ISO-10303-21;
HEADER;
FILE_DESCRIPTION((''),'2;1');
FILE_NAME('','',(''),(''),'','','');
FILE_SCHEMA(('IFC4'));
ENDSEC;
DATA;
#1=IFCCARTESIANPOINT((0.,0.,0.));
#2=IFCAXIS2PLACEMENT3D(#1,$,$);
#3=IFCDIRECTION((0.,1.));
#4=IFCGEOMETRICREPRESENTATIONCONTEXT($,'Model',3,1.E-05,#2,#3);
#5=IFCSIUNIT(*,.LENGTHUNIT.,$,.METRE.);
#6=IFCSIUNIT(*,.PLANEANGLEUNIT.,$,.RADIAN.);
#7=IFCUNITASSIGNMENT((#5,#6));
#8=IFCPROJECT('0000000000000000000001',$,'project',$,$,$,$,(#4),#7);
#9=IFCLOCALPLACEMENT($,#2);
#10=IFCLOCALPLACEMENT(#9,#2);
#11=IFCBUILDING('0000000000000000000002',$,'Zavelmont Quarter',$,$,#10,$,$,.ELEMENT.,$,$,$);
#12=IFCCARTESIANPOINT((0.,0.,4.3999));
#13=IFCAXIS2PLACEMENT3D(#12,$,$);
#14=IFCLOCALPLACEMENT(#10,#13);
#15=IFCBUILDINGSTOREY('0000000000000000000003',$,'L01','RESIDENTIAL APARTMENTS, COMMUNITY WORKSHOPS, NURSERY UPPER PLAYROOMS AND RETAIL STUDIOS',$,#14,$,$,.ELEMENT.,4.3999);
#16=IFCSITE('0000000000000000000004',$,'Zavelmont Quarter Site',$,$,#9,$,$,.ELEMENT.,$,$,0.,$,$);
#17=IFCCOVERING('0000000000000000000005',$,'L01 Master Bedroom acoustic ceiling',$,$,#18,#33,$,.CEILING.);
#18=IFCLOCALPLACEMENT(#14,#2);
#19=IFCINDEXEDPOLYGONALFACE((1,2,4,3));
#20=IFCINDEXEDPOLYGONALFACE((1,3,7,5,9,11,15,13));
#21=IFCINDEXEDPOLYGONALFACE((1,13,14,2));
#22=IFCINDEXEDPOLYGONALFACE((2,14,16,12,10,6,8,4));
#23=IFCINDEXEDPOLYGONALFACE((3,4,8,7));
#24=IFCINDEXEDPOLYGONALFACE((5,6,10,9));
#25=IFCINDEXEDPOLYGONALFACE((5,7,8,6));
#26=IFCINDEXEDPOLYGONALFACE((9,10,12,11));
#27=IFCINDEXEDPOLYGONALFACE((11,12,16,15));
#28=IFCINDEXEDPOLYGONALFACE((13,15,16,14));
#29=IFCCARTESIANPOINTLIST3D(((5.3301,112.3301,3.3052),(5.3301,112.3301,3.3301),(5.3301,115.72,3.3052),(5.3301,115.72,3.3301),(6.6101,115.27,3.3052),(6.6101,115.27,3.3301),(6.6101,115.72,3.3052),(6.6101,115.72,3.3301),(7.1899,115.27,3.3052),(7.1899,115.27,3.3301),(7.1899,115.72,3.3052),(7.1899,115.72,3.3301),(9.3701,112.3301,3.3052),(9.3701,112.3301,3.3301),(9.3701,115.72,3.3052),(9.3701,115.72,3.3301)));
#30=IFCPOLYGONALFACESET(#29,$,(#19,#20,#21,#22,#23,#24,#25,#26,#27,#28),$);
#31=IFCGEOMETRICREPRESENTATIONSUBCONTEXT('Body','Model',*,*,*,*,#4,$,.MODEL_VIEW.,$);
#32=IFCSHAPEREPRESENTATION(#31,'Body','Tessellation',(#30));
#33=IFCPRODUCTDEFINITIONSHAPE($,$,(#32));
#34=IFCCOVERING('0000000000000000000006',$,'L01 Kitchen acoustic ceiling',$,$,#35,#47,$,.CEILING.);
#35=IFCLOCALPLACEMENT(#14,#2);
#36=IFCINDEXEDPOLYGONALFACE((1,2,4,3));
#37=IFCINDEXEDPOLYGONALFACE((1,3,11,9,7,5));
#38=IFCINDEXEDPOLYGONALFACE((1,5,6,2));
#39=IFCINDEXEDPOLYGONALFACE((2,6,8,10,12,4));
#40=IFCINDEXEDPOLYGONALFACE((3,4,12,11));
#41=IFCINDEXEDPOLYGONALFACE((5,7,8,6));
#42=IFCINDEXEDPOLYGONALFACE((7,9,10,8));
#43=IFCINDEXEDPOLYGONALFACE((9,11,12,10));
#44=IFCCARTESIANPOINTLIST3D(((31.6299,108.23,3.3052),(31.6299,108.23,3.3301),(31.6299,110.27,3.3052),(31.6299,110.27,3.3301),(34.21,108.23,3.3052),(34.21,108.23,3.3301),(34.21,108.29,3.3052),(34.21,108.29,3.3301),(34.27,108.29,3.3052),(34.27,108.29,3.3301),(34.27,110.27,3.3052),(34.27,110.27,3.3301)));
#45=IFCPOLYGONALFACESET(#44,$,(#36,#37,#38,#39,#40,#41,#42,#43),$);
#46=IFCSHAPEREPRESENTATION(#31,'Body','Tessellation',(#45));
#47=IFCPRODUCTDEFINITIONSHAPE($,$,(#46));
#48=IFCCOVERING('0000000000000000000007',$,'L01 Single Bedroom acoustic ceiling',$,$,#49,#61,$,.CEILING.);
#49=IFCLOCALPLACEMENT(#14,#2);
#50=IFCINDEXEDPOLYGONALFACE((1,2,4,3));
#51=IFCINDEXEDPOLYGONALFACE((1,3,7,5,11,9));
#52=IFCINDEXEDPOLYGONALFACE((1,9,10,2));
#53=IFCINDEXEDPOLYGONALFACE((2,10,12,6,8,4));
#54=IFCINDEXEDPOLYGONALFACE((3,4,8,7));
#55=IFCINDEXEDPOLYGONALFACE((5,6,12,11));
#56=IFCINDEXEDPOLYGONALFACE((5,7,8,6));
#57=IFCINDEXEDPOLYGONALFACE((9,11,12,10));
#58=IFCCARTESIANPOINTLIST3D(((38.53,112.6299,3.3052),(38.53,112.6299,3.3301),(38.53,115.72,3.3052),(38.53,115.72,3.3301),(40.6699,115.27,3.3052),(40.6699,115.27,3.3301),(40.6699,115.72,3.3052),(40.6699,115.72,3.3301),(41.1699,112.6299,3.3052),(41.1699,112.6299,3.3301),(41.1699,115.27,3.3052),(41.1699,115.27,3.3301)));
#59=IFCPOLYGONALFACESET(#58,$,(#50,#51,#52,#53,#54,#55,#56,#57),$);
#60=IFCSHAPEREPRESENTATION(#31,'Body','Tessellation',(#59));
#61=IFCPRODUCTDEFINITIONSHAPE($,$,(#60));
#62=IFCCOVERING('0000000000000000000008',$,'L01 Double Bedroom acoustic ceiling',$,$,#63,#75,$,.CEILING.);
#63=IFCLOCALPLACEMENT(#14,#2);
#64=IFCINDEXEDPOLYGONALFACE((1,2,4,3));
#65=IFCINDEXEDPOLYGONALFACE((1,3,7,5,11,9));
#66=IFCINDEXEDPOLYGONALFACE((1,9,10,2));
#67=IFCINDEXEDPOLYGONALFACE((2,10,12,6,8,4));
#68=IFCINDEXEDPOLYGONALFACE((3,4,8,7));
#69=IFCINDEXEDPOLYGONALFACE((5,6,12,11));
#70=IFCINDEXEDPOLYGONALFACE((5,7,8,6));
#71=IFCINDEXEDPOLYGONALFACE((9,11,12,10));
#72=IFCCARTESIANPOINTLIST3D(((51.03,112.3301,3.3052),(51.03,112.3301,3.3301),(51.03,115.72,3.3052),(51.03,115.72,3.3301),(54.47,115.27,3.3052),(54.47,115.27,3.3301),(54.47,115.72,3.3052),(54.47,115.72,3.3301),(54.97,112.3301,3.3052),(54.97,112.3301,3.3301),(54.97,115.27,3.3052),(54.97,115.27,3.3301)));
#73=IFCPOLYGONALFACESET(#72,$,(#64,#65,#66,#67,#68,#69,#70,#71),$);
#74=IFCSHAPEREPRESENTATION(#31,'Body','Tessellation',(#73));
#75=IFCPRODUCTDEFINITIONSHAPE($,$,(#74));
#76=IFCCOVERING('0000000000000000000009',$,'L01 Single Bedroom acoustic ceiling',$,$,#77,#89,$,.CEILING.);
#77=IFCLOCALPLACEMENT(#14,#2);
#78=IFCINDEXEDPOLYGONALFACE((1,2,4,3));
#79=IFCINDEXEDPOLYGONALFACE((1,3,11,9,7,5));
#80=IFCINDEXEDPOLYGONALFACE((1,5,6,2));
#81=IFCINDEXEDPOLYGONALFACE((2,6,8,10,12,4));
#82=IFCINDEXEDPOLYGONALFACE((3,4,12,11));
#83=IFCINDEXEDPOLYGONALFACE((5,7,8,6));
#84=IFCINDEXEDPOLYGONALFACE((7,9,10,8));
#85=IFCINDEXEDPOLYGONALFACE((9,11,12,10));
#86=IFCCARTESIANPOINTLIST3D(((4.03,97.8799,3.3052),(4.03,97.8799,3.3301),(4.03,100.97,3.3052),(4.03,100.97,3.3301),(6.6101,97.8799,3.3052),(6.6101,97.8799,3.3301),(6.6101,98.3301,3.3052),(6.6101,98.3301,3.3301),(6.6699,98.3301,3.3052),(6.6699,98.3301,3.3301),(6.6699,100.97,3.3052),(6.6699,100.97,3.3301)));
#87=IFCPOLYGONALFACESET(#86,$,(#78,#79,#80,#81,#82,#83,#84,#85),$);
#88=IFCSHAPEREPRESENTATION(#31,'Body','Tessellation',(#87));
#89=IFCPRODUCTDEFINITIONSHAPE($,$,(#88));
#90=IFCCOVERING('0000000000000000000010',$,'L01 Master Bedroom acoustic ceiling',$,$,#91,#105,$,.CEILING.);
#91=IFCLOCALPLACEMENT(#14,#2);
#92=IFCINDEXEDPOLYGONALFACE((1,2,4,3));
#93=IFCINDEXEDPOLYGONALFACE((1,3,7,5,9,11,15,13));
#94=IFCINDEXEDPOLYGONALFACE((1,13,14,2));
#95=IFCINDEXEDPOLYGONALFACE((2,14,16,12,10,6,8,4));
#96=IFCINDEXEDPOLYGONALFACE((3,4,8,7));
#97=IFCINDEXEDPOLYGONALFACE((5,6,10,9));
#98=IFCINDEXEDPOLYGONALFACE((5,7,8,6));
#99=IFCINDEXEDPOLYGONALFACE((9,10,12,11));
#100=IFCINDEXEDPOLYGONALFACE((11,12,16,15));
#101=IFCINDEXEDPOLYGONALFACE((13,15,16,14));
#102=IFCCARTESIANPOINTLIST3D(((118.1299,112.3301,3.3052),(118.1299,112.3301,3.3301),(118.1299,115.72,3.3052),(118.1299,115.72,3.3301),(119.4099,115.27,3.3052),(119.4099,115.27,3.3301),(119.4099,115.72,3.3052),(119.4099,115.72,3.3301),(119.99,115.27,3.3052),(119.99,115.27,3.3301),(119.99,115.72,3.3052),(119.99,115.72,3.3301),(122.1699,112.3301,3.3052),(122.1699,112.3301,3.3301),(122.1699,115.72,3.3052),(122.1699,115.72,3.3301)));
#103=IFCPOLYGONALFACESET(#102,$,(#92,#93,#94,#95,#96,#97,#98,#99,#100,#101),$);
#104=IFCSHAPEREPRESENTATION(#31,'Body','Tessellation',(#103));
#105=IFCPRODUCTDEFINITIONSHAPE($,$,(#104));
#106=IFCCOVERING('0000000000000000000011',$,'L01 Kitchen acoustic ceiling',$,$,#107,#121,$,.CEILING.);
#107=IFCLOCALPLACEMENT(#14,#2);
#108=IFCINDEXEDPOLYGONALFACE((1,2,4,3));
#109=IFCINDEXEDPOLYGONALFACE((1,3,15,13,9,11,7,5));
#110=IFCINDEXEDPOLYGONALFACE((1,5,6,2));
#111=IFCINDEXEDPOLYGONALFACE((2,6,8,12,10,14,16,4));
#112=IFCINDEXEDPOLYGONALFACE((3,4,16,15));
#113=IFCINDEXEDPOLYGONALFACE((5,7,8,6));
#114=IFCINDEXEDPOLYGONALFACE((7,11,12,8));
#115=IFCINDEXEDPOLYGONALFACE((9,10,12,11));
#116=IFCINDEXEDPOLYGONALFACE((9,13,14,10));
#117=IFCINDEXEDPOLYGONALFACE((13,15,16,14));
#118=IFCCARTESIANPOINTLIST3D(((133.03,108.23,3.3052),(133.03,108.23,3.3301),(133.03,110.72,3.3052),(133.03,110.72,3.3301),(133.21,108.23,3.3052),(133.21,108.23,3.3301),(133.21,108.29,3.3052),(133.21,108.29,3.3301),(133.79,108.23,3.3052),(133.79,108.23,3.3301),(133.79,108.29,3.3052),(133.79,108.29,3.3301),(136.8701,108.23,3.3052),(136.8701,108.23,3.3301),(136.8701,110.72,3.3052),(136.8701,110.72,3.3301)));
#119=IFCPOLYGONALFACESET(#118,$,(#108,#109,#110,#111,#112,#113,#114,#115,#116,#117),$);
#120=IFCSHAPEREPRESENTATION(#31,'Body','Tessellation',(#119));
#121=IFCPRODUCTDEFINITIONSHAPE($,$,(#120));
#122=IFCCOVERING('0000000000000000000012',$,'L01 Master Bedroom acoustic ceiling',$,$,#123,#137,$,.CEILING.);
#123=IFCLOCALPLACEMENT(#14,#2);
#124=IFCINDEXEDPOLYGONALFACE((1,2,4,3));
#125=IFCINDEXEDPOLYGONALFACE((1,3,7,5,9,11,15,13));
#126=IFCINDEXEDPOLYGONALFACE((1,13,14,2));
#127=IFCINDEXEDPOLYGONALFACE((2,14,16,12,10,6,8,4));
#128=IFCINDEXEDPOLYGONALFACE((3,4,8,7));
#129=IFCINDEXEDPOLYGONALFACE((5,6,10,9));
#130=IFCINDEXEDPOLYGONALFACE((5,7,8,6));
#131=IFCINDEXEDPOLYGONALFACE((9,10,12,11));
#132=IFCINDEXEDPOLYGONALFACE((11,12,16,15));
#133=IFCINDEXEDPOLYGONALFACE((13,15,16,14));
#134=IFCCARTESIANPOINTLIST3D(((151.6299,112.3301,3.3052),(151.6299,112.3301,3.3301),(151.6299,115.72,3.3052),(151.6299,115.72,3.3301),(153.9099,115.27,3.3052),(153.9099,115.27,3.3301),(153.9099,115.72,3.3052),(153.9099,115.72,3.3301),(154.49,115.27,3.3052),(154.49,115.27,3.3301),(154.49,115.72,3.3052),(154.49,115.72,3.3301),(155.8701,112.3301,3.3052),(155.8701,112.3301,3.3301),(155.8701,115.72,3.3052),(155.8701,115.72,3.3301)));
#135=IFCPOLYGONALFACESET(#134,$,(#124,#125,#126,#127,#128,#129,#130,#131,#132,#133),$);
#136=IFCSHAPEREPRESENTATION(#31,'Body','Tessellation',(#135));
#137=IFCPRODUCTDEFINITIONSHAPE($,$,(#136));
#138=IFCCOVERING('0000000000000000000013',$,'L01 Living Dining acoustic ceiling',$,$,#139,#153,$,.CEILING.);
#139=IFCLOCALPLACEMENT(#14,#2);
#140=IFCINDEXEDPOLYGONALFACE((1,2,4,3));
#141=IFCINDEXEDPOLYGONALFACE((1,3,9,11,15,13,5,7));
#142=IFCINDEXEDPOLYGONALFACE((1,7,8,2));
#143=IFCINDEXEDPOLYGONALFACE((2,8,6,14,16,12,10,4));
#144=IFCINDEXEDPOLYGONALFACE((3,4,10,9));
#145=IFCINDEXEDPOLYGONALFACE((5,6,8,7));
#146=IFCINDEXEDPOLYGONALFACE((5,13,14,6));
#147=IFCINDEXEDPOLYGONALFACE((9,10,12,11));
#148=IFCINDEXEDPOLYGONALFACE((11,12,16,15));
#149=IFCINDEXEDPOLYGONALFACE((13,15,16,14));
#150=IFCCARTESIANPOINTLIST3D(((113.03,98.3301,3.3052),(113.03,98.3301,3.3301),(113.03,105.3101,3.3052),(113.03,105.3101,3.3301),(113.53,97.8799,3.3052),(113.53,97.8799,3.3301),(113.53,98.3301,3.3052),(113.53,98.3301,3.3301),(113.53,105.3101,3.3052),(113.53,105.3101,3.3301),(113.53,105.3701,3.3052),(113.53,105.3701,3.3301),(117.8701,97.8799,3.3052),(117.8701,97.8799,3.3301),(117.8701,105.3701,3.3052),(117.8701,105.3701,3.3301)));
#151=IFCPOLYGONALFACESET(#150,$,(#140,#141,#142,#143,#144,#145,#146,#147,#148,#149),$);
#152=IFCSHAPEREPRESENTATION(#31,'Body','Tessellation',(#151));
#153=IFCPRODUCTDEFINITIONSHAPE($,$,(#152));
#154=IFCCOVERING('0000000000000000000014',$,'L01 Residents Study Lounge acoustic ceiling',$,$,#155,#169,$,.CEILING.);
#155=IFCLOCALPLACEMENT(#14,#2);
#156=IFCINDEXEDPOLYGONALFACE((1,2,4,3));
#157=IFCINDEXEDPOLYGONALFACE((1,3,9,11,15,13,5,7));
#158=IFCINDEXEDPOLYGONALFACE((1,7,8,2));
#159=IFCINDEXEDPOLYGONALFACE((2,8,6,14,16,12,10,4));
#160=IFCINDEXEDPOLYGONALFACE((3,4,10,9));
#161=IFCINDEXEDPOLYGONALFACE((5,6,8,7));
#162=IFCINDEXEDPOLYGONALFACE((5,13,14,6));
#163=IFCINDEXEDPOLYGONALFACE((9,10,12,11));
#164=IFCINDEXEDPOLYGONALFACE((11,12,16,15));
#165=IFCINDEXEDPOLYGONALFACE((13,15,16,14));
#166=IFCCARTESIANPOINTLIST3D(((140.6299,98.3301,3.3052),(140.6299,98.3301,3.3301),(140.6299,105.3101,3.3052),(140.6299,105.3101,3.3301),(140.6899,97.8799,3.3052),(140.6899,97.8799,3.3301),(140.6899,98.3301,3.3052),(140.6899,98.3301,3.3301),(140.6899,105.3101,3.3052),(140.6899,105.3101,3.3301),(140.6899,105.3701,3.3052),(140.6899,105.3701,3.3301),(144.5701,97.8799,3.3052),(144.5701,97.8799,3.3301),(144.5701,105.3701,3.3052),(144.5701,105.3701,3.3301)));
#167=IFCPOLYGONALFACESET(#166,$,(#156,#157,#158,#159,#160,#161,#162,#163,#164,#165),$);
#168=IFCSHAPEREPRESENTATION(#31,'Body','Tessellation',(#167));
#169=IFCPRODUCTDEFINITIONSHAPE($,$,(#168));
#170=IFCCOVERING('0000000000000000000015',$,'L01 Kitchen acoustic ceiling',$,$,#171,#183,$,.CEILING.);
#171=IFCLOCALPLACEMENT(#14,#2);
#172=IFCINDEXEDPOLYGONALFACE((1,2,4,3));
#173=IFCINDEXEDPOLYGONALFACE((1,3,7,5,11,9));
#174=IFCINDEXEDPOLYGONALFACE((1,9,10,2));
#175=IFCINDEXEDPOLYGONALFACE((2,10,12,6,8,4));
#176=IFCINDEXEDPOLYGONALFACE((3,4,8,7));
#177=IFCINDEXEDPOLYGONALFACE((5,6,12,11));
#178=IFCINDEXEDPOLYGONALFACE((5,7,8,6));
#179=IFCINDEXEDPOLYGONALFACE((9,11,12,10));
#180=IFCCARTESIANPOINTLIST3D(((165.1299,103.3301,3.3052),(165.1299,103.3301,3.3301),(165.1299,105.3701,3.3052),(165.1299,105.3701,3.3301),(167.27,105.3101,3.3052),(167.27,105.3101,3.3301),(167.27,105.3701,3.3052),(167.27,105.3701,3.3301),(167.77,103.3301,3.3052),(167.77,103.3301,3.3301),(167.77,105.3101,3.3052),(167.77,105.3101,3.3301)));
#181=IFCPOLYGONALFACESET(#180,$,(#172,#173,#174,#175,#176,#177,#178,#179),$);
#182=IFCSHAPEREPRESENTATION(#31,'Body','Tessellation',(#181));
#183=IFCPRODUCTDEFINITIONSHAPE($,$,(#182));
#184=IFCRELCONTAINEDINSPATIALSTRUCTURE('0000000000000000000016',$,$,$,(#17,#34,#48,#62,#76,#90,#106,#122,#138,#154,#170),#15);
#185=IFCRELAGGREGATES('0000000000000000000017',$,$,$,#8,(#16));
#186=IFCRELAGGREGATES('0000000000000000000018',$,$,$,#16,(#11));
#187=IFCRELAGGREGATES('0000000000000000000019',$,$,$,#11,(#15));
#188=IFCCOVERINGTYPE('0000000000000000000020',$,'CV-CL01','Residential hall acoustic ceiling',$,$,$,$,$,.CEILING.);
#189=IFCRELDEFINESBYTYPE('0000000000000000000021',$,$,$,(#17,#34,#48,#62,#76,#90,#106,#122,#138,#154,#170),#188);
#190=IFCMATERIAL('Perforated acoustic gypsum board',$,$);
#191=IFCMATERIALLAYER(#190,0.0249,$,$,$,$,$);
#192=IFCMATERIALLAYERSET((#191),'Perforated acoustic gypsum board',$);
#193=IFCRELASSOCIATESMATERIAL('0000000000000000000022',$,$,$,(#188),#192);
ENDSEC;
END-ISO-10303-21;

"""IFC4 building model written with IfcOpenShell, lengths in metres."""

from ifc_helpers import new_model, si_unit, direction, frame, origin, place, context, subcontext, project, spatial, polyline, outline, extrude, material, layer, layer_set, type_object, element, save


model = new_model("IFC4")

# Units and contexts
model_context = context("Model", 3, precision=1e-05, world=origin(), true_north=direction((0.0, 1.0)))
body_context = subcontext(model_context, "Body", "Model", "MODEL_VIEW")
ifc_project = project(units=[si_unit("LENGTHUNIT", "METRE"), si_unit("PLANEANGLEUNIT", "RADIAN")], contexts=[model_context])

# Site, building, storey
site_placement = place(None, origin())
site = spatial("IfcSite", under=ifc_project, at=site_placement, Name="Zavelmont Quarter Site", CompositionType="ELEMENT", RefElevation=0.0)
building_placement = place(site_placement, origin())
building = spatial("IfcBuilding", under=site, at=building_placement, Name="Zavelmont Quarter", CompositionType="ELEMENT")
storey_placement = place(building_placement, frame((0.0, 0.0, 4.3999)))
storey = spatial("IfcBuildingStorey", under=building, at=storey_placement, Name="L01", Description="RESIDENTIAL APARTMENTS, COMMUNITY WORKSHOPS, NURSERY UPPER PLAYROOMS AND RETAIL STUDIOS", CompositionType="ELEMENT", Elevation=4.3999)

# Coverings
ifc_material_1 = material(Name="Perforated acoustic gypsum board")
ifc_layer_1 = layer(ifc_material_1, 0.0249)
ifc_layer_set_1 = layer_set([ifc_layer_1], Name="Perforated acoustic gypsum board")
covering_type_1 = type_object("IfcCoveringType", Name="CV-CL01", Description="Residential hall acoustic ceiling", PredefinedType="CEILING", material=ifc_layer_set_1)
covering_1_placement = place(storey_placement, frame((0.0, 0.0, 3.3052)))
element("IfcCovering", 1, at=covering_1_placement, inside=storey, type_object=covering_type_1, Name="L01 Master Bedroom acoustic ceiling", PredefinedType="CEILING", context=body_context, shape_type="SweptSolid", body=[
    extrude(outline(polyline([(5.3301, 115.72), (6.6101, 115.72), (6.6101, 115.27), (7.1899, 115.27), (7.1899, 115.72), (9.3701, 115.72), (9.3701, 112.3301), (5.3301, 112.3301), (5.3301, 115.72)])), origin(), (0.0, 0.0, 1.0), 0.0249),
])
covering_2_placement = place(storey_placement, frame((0.0, 0.0, 3.3052)))
element("IfcCovering", 2, at=covering_2_placement, inside=storey, type_object=covering_type_1, Name="L01 Kitchen acoustic ceiling", PredefinedType="CEILING", context=body_context, shape_type="SweptSolid", body=[
    extrude(outline(polyline([(31.6299, 110.27), (34.27, 110.27), (34.27, 108.29), (34.21, 108.29), (34.21, 108.23), (31.6299, 108.23), (31.6299, 110.27)])), origin(), (0.0, 0.0, 1.0), 0.0249),
])
covering_3_placement = place(storey_placement, frame((0.0, 0.0, 3.3052)))
element("IfcCovering", 3, at=covering_3_placement, inside=storey, type_object=covering_type_1, Name="L01 Single Bedroom acoustic ceiling", PredefinedType="CEILING", context=body_context, shape_type="SweptSolid", body=[
    extrude(outline(polyline([(38.53, 115.72), (40.6699, 115.72), (40.6699, 115.27), (41.1699, 115.27), (41.1699, 112.6299), (38.53, 112.6299), (38.53, 115.72)])), origin(), (0.0, 0.0, 1.0), 0.0249),
])
covering_4_placement = place(storey_placement, frame((0.0, 0.0, 3.3052)))
element("IfcCovering", 4, at=covering_4_placement, inside=storey, type_object=covering_type_1, Name="L01 Double Bedroom acoustic ceiling", PredefinedType="CEILING", context=body_context, shape_type="SweptSolid", body=[
    extrude(outline(polyline([(51.03, 115.72), (54.47, 115.72), (54.47, 115.27), (54.97, 115.27), (54.97, 112.3301), (51.03, 112.3301), (51.03, 115.72)])), origin(), (0.0, 0.0, 1.0), 0.0249),
])
covering_5_placement = place(storey_placement, frame((0.0, 0.0, 3.3052)))
element("IfcCovering", 5, at=covering_5_placement, inside=storey, type_object=covering_type_1, Name="L01 Single Bedroom acoustic ceiling", PredefinedType="CEILING", context=body_context, shape_type="SweptSolid", body=[
    extrude(outline(polyline([(4.03, 100.97), (6.6699, 100.97), (6.6699, 98.3301), (6.6101, 98.3301), (6.6101, 97.8799), (4.03, 97.8799), (4.03, 100.97)])), origin(), (0.0, 0.0, 1.0), 0.0249),
])
covering_6_placement = place(storey_placement, frame((0.0, 0.0, 3.3052)))
element("IfcCovering", 6, at=covering_6_placement, inside=storey, type_object=covering_type_1, Name="L01 Master Bedroom acoustic ceiling", PredefinedType="CEILING", context=body_context, shape_type="SweptSolid", body=[
    extrude(outline(polyline([(118.1299, 115.72), (119.4099, 115.72), (119.4099, 115.27), (119.99, 115.27), (119.99, 115.72), (122.1699, 115.72), (122.1699, 112.3301), (118.1299, 112.3301), (118.1299, 115.72)])), origin(), (0.0, 0.0, 1.0), 0.0249),
])
covering_7_placement = place(storey_placement, frame((0.0, 0.0, 3.3052)))
element("IfcCovering", 7, at=covering_7_placement, inside=storey, type_object=covering_type_1, Name="L01 Kitchen acoustic ceiling", PredefinedType="CEILING", context=body_context, shape_type="SweptSolid", body=[
    extrude(outline(polyline([(133.03, 110.72), (136.8701, 110.72), (136.8701, 108.23), (133.79, 108.23), (133.79, 108.29), (133.21, 108.29), (133.21, 108.23), (133.03, 108.23), (133.03, 110.72)])), origin(), (0.0, 0.0, 1.0), 0.0249),
])
covering_8_placement = place(storey_placement, frame((0.0, 0.0, 3.3052)))
element("IfcCovering", 8, at=covering_8_placement, inside=storey, type_object=covering_type_1, Name="L01 Master Bedroom acoustic ceiling", PredefinedType="CEILING", context=body_context, shape_type="SweptSolid", body=[
    extrude(outline(polyline([(151.6299, 115.72), (153.9099, 115.72), (153.9099, 115.27), (154.49, 115.27), (154.49, 115.72), (155.8701, 115.72), (155.8701, 112.3301), (151.6299, 112.3301), (151.6299, 115.72)])), origin(), (0.0, 0.0, 1.0), 0.0249),
])
covering_9_placement = place(storey_placement, frame((0.0, 0.0, 3.3052)))
element("IfcCovering", 9, at=covering_9_placement, inside=storey, type_object=covering_type_1, Name="L01 Living Dining acoustic ceiling", PredefinedType="CEILING", context=body_context, shape_type="SweptSolid", body=[
    extrude(outline(polyline([(113.03, 105.3101), (113.53, 105.3101), (113.53, 105.3701), (117.8701, 105.3701), (117.8701, 97.8799), (113.53, 97.8799), (113.53, 98.3301), (113.03, 98.3301), (113.03, 105.3101)])), origin(), (0.0, 0.0, 1.0), 0.0249),
])
covering_10_placement = place(storey_placement, frame((0.0, 0.0, 3.3052)))
element("IfcCovering", 10, at=covering_10_placement, inside=storey, type_object=covering_type_1, Name="L01 Residents Study Lounge acoustic ceiling", PredefinedType="CEILING", context=body_context, shape_type="SweptSolid", body=[
    extrude(outline(polyline([(140.6299, 105.3101), (140.6899, 105.3101), (140.6899, 105.3701), (144.5701, 105.3701), (144.5701, 97.8799), (140.6899, 97.8799), (140.6899, 98.3301), (140.6299, 98.3301), (140.6299, 105.3101)])), origin(), (0.0, 0.0, 1.0), 0.0249),
])
covering_11_placement = place(storey_placement, frame((0.0, 0.0, 3.3052)))
element("IfcCovering", 11, at=covering_11_placement, inside=storey, type_object=covering_type_1, Name="L01 Kitchen acoustic ceiling", PredefinedType="CEILING", context=body_context, shape_type="SweptSolid", body=[
    extrude(outline(polyline([(165.1299, 105.3701), (167.27, 105.3701), (167.27, 105.3101), (167.77, 105.3101), (167.77, 103.3301), (165.1299, 103.3301), (165.1299, 105.3701)])), origin(), (0.0, 0.0, 1.0), 0.0249),
])

save(model, "model.ifc")
